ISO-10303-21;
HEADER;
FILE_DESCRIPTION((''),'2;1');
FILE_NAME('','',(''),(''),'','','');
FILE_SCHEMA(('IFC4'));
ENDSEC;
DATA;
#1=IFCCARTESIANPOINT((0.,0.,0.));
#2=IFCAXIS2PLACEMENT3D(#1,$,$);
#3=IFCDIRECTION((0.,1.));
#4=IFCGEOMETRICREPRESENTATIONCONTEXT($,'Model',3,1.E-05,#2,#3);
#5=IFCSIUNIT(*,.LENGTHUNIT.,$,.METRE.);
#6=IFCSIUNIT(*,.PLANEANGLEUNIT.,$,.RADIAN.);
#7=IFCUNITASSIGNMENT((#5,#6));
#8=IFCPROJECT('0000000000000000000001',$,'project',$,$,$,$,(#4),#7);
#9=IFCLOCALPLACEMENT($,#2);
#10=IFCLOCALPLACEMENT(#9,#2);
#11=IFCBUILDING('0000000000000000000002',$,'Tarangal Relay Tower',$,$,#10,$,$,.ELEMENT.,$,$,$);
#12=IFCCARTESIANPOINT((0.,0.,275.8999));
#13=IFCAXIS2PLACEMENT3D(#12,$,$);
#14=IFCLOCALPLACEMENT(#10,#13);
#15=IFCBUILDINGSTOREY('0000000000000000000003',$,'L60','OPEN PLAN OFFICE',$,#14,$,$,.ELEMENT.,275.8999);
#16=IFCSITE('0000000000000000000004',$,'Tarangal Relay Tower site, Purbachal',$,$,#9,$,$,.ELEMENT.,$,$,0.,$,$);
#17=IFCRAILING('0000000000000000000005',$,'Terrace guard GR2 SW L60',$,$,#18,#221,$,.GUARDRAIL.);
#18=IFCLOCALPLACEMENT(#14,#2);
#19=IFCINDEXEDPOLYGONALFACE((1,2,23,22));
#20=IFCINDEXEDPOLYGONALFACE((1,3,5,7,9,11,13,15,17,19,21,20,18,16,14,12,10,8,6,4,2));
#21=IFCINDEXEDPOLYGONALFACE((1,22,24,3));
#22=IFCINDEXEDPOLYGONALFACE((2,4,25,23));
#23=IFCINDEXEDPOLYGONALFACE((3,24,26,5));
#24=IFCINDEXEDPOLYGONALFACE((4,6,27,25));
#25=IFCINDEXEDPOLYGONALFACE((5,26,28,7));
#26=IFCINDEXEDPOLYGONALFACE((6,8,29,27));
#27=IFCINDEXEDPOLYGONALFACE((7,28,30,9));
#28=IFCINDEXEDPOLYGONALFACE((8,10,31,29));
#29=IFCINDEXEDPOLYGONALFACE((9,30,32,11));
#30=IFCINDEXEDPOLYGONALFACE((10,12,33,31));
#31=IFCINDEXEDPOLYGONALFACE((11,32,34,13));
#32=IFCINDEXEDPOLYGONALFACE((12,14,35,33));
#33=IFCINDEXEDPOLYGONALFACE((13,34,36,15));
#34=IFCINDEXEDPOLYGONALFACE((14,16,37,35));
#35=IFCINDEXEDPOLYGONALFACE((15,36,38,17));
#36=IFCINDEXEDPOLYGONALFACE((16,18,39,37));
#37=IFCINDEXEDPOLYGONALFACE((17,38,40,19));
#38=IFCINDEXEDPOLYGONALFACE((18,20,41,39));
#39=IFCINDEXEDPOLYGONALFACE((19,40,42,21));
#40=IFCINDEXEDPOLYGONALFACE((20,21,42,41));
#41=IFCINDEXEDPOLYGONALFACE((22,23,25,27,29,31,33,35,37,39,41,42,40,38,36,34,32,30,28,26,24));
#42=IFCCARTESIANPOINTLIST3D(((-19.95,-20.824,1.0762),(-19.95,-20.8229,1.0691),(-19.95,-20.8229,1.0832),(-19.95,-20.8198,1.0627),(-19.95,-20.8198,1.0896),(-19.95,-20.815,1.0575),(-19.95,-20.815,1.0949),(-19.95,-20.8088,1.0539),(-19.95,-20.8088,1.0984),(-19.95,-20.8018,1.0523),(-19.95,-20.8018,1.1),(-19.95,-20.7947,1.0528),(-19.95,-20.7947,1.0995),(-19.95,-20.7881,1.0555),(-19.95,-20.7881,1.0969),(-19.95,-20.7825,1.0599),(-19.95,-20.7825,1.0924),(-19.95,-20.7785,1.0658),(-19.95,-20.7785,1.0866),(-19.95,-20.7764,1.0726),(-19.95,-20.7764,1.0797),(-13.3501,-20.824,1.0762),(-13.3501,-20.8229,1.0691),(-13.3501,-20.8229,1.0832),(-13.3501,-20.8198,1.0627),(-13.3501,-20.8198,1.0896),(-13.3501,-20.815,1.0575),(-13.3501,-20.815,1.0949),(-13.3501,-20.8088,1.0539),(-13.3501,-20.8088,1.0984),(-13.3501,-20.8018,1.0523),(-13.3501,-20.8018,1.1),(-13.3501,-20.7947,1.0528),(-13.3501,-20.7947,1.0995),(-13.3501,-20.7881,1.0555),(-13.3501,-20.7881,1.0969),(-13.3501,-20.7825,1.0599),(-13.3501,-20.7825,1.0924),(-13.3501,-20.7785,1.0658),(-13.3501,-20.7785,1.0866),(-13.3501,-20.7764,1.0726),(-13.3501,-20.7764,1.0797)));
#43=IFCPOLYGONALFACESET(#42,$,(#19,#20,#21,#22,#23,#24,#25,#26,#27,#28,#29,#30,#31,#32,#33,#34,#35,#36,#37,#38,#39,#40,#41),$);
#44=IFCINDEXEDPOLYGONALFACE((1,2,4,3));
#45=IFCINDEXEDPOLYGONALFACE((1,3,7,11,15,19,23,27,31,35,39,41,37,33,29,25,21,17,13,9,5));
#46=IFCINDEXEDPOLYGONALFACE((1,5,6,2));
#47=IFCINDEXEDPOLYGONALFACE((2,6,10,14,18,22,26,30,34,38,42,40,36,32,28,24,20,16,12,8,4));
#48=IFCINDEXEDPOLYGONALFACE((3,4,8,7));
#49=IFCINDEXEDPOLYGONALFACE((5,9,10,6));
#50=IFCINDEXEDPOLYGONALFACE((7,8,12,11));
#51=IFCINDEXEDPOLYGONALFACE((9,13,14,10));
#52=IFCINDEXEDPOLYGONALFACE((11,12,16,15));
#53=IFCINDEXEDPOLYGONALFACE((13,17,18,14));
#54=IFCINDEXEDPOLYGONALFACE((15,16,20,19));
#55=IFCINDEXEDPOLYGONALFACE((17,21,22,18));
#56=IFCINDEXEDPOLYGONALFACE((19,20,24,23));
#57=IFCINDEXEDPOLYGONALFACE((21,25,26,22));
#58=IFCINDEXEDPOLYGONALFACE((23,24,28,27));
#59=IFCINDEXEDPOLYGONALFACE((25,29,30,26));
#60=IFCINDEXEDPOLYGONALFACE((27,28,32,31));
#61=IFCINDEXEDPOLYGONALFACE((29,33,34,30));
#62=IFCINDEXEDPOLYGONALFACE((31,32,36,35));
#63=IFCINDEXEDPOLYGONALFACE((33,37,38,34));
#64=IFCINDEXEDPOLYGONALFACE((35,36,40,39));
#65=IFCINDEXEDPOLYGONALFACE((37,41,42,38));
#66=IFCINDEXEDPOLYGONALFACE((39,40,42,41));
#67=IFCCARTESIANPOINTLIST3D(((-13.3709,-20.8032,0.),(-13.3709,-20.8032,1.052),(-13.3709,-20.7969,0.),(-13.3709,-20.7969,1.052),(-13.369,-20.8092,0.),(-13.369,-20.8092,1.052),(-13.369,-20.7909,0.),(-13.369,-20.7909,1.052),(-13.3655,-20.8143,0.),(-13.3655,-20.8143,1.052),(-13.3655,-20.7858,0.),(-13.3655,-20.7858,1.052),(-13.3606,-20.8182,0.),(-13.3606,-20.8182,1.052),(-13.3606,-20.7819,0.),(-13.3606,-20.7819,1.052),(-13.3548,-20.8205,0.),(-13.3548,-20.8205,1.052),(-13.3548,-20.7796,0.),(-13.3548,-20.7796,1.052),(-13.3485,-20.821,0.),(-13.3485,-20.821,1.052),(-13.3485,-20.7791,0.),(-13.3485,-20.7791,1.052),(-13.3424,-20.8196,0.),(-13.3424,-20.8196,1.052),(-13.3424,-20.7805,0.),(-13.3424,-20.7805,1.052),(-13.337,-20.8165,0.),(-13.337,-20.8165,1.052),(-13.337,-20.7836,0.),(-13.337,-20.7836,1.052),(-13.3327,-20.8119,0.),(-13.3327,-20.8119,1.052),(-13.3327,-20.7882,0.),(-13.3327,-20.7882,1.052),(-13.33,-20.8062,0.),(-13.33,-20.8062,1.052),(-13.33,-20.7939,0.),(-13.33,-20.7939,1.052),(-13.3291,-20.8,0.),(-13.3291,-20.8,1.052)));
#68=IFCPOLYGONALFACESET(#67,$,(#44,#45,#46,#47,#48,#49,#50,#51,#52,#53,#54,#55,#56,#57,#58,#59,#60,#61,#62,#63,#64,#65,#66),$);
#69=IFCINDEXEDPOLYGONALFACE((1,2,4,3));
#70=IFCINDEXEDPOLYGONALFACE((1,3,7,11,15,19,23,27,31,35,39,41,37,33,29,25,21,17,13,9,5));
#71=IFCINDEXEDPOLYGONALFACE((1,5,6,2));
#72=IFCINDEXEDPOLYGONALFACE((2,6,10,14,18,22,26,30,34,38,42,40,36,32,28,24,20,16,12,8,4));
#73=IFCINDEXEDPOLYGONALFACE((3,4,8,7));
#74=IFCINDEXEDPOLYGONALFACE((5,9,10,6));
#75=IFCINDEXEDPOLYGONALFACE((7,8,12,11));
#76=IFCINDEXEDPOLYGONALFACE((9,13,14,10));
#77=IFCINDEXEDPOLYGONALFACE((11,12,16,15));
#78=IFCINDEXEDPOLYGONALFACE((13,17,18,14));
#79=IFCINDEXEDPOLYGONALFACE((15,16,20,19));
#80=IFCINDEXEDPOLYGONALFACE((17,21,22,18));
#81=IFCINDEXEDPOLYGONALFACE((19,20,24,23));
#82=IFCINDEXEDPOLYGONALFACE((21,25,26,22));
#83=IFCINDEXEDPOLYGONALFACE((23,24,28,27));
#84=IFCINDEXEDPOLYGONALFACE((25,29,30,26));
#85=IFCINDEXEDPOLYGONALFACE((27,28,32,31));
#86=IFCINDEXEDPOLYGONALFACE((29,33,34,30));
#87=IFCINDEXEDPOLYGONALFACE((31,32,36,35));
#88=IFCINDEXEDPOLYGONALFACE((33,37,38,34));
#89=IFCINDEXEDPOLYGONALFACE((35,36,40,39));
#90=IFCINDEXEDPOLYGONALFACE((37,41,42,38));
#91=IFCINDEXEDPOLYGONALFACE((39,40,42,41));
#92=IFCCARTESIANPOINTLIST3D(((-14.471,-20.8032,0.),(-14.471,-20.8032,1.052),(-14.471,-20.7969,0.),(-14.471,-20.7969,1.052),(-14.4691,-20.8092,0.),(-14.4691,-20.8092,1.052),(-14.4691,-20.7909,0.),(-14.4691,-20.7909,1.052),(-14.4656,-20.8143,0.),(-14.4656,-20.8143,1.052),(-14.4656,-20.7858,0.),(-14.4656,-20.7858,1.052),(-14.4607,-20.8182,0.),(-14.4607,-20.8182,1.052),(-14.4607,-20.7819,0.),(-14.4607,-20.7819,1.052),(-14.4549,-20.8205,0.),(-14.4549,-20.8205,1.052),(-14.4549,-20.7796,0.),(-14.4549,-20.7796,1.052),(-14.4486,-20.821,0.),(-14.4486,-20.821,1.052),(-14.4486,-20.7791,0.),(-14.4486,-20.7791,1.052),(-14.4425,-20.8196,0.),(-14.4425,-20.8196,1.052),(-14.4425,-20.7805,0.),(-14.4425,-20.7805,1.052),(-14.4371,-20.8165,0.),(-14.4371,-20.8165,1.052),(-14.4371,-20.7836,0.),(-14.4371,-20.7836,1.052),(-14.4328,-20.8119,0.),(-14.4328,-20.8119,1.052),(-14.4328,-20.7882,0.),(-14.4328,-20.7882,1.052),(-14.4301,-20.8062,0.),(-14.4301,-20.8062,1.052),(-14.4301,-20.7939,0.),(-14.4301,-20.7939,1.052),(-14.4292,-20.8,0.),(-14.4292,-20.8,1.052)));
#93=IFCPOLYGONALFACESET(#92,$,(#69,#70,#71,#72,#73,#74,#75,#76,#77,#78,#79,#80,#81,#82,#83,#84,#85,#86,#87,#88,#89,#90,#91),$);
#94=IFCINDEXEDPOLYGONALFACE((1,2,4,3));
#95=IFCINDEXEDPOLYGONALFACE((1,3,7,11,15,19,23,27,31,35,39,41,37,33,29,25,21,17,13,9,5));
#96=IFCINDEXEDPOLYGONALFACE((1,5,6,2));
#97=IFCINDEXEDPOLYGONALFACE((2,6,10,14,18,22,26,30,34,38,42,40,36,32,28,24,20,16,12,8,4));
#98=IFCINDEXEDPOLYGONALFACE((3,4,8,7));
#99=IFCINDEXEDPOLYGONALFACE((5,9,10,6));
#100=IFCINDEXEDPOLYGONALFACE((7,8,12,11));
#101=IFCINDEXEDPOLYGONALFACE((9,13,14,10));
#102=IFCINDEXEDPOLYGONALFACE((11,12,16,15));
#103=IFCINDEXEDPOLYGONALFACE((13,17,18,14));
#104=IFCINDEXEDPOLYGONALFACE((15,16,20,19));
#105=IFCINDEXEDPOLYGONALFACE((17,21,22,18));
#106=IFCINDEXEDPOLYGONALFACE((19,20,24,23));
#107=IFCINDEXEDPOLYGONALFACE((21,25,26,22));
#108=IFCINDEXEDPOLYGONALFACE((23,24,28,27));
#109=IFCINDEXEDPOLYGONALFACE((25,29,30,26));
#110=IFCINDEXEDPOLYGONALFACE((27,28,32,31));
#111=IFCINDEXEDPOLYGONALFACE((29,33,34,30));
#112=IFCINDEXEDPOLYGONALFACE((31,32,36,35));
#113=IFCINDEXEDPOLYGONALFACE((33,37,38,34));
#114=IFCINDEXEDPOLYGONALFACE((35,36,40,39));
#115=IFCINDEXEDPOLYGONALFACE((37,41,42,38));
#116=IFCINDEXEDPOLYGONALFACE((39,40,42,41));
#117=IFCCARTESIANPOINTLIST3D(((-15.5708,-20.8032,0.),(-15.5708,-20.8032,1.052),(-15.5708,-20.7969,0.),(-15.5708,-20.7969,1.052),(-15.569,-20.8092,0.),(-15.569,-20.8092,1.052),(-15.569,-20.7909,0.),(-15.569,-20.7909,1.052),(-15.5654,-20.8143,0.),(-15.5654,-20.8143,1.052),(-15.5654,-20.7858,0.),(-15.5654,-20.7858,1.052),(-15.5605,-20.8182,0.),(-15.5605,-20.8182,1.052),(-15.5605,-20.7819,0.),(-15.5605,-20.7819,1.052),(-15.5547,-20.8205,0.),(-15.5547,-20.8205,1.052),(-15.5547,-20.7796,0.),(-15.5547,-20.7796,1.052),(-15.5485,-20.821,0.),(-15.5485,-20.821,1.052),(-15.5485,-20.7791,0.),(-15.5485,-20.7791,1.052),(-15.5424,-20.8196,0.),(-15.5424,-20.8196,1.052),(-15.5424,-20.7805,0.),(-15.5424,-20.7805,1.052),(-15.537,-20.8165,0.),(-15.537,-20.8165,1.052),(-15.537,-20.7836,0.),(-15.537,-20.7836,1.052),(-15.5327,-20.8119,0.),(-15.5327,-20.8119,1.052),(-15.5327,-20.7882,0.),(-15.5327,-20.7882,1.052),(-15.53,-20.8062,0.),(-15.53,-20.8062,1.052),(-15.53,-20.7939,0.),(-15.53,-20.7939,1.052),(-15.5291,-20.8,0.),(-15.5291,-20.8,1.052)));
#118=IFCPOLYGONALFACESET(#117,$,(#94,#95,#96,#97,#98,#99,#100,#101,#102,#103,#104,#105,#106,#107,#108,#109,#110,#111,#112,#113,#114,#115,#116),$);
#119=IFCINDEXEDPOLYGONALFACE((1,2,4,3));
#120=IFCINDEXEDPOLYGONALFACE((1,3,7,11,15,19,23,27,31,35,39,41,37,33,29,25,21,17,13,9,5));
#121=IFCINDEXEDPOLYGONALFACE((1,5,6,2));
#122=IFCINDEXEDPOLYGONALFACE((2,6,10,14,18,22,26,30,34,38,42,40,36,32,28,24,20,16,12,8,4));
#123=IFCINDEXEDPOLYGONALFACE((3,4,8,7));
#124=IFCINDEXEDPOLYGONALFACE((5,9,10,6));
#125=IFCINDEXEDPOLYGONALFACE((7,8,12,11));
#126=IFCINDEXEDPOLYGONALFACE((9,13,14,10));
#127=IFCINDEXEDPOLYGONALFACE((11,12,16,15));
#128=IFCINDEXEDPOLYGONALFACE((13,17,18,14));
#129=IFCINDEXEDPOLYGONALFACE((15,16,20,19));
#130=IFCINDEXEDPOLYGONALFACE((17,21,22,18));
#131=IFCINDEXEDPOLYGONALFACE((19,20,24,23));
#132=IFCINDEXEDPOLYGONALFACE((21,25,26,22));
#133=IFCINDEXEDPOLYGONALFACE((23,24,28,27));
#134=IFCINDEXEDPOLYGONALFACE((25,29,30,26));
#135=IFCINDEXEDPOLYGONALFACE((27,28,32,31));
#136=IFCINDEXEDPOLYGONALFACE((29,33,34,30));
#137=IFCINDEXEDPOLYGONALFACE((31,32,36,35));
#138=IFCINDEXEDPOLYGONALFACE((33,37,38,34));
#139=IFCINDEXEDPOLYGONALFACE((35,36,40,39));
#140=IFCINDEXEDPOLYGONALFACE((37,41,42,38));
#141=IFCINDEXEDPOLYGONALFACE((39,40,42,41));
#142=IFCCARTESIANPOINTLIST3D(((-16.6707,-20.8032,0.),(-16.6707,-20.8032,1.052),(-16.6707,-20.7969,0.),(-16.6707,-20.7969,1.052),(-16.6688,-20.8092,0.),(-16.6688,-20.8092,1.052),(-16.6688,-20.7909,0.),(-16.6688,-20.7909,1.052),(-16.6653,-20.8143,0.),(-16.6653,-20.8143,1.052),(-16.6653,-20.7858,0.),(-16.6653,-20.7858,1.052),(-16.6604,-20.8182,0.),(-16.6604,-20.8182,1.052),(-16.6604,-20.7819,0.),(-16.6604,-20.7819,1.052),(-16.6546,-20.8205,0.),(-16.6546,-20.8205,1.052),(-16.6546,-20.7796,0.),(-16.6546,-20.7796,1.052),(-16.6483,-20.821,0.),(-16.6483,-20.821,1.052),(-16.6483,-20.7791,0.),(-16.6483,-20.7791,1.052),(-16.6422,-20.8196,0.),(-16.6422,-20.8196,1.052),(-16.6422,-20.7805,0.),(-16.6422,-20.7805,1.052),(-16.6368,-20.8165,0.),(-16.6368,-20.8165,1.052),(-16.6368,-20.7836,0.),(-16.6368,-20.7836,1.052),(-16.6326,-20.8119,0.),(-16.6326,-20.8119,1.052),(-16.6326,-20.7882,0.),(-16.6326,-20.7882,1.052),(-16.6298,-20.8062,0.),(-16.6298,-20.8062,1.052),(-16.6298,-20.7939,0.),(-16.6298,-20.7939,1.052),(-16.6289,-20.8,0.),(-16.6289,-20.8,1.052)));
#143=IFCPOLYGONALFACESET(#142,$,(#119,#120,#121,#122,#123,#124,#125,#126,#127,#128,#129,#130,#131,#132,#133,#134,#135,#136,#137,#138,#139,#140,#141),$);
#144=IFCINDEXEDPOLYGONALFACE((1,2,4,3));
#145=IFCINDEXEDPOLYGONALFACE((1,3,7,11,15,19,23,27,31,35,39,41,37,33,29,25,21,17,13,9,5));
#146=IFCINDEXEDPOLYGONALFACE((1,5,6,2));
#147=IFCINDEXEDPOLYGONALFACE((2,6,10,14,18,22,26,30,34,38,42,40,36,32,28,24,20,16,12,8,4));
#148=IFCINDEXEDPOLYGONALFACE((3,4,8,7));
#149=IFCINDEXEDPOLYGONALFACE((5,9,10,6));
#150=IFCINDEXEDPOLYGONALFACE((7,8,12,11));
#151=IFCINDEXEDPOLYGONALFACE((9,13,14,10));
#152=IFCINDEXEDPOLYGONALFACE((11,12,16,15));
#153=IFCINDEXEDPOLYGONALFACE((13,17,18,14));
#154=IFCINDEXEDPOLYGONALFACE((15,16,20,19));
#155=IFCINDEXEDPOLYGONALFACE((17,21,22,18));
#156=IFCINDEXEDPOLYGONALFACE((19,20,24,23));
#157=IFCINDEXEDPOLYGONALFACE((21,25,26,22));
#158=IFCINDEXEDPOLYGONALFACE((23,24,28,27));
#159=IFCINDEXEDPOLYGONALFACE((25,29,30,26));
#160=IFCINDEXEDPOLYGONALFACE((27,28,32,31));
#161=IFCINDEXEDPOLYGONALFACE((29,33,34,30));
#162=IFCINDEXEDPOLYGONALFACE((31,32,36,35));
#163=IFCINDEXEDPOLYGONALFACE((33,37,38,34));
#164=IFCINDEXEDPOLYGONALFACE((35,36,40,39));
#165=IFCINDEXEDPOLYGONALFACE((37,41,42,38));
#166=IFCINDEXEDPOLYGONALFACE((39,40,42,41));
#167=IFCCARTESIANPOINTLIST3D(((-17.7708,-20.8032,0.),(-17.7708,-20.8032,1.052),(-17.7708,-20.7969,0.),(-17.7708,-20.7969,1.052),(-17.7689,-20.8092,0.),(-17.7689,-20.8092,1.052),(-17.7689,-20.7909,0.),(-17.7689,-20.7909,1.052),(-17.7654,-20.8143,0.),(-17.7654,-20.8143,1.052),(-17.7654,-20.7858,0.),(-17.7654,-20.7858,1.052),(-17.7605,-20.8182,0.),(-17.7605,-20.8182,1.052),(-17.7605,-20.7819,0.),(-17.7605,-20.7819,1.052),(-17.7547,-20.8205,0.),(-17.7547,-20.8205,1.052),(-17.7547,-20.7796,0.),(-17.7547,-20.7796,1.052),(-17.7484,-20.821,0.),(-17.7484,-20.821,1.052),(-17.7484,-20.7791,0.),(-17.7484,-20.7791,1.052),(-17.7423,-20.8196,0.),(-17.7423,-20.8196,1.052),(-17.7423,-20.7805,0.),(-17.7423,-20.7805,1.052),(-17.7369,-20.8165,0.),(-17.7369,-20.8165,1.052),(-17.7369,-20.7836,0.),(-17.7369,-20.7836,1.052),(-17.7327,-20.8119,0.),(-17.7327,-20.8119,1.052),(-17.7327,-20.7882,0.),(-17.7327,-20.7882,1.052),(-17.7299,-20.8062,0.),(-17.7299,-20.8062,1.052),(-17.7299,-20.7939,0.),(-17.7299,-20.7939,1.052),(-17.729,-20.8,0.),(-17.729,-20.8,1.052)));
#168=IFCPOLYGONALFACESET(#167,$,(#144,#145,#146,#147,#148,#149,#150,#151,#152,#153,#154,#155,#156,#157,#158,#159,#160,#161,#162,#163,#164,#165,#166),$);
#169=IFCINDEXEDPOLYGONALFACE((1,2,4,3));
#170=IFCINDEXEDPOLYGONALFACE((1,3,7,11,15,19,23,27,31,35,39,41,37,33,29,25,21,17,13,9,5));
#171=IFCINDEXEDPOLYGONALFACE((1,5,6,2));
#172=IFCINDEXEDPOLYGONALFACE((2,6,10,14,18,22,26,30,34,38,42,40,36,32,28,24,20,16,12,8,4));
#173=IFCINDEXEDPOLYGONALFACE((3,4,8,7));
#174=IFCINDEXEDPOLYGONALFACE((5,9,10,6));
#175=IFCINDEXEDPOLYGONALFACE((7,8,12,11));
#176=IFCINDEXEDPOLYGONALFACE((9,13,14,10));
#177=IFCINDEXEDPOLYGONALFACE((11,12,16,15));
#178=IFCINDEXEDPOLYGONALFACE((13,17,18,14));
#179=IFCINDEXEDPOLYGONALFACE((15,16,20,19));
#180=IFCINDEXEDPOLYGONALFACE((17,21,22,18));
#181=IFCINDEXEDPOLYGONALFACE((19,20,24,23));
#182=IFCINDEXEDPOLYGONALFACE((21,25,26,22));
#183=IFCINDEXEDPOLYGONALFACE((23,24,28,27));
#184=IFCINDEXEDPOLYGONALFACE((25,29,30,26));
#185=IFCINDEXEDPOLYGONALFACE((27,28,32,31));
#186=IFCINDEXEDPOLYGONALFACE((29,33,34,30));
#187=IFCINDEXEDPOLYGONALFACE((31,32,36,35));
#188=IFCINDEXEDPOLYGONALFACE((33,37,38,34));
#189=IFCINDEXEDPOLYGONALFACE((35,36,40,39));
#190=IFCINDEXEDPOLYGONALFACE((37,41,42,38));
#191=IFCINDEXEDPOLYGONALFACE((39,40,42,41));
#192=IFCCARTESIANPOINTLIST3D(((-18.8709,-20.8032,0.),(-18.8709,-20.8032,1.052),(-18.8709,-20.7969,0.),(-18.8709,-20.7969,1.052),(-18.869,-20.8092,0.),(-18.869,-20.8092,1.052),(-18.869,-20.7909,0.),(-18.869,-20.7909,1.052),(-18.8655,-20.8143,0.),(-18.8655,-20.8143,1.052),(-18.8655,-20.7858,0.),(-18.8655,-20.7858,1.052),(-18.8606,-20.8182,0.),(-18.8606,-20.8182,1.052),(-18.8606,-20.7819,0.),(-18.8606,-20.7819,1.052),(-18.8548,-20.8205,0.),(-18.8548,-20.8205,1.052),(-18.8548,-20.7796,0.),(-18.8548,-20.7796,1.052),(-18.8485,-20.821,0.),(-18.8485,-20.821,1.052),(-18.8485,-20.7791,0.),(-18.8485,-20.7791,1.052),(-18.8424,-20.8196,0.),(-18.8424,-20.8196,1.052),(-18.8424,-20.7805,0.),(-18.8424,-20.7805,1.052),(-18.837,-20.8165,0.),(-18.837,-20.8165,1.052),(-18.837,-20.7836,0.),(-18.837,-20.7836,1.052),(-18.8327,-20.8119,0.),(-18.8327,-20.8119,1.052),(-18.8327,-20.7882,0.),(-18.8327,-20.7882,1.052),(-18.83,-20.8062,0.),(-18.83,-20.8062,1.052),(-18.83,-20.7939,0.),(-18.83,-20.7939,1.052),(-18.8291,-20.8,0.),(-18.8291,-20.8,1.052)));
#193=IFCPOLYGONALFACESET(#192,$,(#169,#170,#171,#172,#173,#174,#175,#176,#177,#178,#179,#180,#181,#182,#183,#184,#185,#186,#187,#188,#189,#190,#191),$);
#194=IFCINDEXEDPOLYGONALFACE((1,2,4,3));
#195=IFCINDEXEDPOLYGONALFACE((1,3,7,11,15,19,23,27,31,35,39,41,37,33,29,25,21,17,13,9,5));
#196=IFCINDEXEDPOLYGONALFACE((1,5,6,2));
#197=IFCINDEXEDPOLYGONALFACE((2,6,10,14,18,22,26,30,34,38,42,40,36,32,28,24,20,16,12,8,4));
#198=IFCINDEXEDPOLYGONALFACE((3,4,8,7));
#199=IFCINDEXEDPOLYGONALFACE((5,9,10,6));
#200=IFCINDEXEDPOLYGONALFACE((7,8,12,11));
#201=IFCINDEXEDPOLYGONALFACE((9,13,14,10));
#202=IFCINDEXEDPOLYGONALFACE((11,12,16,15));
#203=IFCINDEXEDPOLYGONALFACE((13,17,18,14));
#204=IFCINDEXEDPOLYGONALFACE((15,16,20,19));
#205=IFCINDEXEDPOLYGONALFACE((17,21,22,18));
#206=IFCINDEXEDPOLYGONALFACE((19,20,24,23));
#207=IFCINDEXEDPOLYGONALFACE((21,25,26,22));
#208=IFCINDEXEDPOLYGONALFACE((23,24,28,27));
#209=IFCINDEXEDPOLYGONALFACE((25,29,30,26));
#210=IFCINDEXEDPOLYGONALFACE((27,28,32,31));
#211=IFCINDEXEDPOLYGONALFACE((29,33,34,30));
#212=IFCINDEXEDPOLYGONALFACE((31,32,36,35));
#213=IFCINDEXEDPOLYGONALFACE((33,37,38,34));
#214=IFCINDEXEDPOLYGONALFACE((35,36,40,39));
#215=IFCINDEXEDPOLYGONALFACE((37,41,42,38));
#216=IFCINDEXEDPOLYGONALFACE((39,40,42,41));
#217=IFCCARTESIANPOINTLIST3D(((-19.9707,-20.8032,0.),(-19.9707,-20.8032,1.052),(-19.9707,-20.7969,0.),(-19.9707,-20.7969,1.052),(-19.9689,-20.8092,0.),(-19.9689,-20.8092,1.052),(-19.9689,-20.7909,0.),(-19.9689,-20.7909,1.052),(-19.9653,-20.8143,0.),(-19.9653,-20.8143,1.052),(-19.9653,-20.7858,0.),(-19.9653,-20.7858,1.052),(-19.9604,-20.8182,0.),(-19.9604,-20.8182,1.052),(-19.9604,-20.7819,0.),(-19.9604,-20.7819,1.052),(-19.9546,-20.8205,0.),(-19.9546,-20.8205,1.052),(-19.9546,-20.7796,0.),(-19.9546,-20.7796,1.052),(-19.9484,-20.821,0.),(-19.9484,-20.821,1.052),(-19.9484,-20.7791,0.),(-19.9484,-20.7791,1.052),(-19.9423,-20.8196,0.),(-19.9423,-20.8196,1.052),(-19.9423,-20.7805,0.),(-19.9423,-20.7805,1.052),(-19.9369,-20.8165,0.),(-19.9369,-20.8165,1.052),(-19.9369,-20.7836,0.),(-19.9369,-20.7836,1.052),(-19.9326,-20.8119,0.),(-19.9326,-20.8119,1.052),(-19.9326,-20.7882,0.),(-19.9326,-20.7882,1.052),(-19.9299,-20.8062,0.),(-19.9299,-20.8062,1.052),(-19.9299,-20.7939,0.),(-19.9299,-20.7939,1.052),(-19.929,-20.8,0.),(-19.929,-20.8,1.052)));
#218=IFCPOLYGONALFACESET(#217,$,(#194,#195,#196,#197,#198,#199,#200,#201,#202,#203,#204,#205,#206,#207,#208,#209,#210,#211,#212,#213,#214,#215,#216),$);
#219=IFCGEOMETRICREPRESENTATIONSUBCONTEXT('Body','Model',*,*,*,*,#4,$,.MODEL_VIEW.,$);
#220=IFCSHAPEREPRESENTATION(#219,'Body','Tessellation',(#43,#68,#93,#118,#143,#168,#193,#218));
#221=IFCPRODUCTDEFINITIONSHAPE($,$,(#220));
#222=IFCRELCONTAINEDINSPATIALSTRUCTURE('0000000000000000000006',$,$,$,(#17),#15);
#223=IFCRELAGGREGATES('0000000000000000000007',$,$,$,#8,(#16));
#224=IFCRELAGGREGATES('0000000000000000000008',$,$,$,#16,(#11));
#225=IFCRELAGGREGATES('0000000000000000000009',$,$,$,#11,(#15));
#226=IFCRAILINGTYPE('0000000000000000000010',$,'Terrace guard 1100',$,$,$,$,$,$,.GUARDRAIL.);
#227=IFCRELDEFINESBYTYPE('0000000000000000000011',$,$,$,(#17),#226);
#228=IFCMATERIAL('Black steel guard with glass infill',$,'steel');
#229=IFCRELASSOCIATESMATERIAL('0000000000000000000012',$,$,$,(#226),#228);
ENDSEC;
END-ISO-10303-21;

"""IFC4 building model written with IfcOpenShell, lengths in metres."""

from ifc_helpers import new_model, si_unit, direction, frame, origin, origin_2d, place, context, subcontext, project, spatial, circle, extrude, material, type_object, element, save


model = new_model("IFC4")

# Units and contexts
model_context = context("Model", 3, precision=1e-05, world=origin(), true_north=direction((0.0, 1.0)))
body_context = subcontext(model_context, "Body", "Model", "MODEL_VIEW")
ifc_project = project(units=[si_unit("LENGTHUNIT", "METRE"), si_unit("PLANEANGLEUNIT", "RADIAN")], contexts=[model_context])

# Site, building, storey
site_placement = place(None, origin())
site = spatial("IfcSite", under=ifc_project, at=site_placement, Name="Tarangal Relay Tower site, Purbachal", CompositionType="ELEMENT", RefElevation=0.0)
building_placement = place(site_placement, origin())
building = spatial("IfcBuilding", under=site, at=building_placement, Name="Tarangal Relay Tower", CompositionType="ELEMENT")
storey_placement = place(building_placement, frame((0.0, 0.0, 275.8999)))
storey = spatial("IfcBuildingStorey", under=building, at=storey_placement, Name="L60", Description="OPEN PLAN OFFICE", CompositionType="ELEMENT", Elevation=275.8999)

# Railing
ifc_material_1 = material(Name="Black steel guard with glass infill", Category="steel")
railing_type = type_object("IfcRailingType", Name="Terrace guard 1100", PredefinedType="GUARDRAIL", material=ifc_material_1)
railing_1_placement = place(storey_placement, frame((-13.3501, -20.8, 0.0)))
element("IfcRailing", 1, at=railing_1_placement, inside=storey, type_object=railing_type, Name="Terrace guard GR2 SW L60", PredefinedType="GUARDRAIL", context=body_context, shape_type="SweptSolid", body=[
    extrude(circle(Radius=0.0239, at=origin_2d()), frame((0.0, 0.0, 1.0762), z_axis=(-1.0, 0.0, 0.0), x_axis=(0.0, -1.0, 0.0)), (0.0, 0.0, 1.0), 6.5999),
    extrude(circle(Radius=0.021, at=origin_2d()), origin(), (0.0, 0.0, 1.0), 1.052),
    extrude(circle(Radius=0.021, at=origin_2d()), frame((-1.1001, 0.0, 0.0)), (0.0, 0.0, 1.0), 1.052),
    extrude(circle(Radius=0.021, at=origin_2d()), frame((-2.2, 0.0, 0.0)), (0.0, 0.0, 1.0), 1.052),
    extrude(circle(Radius=0.021, at=origin_2d()), frame((-3.2998, 0.0, 0.0)), (0.0, 0.0, 1.0), 1.052),
    extrude(circle(Radius=0.021, at=origin_2d()), frame((-4.3999, 0.0, 0.0)), (0.0, 0.0, 1.0), 1.052),
    extrude(circle(Radius=0.021, at=origin_2d()), frame((-5.5, 0.0, 0.0)), (0.0, 0.0, 1.0), 1.052),
    extrude(circle(Radius=0.021, at=origin_2d()), frame((-6.5999, 0.0, 0.0)), (0.0, 0.0, 1.0), 1.052),
])

save(model, "model.ifc")
